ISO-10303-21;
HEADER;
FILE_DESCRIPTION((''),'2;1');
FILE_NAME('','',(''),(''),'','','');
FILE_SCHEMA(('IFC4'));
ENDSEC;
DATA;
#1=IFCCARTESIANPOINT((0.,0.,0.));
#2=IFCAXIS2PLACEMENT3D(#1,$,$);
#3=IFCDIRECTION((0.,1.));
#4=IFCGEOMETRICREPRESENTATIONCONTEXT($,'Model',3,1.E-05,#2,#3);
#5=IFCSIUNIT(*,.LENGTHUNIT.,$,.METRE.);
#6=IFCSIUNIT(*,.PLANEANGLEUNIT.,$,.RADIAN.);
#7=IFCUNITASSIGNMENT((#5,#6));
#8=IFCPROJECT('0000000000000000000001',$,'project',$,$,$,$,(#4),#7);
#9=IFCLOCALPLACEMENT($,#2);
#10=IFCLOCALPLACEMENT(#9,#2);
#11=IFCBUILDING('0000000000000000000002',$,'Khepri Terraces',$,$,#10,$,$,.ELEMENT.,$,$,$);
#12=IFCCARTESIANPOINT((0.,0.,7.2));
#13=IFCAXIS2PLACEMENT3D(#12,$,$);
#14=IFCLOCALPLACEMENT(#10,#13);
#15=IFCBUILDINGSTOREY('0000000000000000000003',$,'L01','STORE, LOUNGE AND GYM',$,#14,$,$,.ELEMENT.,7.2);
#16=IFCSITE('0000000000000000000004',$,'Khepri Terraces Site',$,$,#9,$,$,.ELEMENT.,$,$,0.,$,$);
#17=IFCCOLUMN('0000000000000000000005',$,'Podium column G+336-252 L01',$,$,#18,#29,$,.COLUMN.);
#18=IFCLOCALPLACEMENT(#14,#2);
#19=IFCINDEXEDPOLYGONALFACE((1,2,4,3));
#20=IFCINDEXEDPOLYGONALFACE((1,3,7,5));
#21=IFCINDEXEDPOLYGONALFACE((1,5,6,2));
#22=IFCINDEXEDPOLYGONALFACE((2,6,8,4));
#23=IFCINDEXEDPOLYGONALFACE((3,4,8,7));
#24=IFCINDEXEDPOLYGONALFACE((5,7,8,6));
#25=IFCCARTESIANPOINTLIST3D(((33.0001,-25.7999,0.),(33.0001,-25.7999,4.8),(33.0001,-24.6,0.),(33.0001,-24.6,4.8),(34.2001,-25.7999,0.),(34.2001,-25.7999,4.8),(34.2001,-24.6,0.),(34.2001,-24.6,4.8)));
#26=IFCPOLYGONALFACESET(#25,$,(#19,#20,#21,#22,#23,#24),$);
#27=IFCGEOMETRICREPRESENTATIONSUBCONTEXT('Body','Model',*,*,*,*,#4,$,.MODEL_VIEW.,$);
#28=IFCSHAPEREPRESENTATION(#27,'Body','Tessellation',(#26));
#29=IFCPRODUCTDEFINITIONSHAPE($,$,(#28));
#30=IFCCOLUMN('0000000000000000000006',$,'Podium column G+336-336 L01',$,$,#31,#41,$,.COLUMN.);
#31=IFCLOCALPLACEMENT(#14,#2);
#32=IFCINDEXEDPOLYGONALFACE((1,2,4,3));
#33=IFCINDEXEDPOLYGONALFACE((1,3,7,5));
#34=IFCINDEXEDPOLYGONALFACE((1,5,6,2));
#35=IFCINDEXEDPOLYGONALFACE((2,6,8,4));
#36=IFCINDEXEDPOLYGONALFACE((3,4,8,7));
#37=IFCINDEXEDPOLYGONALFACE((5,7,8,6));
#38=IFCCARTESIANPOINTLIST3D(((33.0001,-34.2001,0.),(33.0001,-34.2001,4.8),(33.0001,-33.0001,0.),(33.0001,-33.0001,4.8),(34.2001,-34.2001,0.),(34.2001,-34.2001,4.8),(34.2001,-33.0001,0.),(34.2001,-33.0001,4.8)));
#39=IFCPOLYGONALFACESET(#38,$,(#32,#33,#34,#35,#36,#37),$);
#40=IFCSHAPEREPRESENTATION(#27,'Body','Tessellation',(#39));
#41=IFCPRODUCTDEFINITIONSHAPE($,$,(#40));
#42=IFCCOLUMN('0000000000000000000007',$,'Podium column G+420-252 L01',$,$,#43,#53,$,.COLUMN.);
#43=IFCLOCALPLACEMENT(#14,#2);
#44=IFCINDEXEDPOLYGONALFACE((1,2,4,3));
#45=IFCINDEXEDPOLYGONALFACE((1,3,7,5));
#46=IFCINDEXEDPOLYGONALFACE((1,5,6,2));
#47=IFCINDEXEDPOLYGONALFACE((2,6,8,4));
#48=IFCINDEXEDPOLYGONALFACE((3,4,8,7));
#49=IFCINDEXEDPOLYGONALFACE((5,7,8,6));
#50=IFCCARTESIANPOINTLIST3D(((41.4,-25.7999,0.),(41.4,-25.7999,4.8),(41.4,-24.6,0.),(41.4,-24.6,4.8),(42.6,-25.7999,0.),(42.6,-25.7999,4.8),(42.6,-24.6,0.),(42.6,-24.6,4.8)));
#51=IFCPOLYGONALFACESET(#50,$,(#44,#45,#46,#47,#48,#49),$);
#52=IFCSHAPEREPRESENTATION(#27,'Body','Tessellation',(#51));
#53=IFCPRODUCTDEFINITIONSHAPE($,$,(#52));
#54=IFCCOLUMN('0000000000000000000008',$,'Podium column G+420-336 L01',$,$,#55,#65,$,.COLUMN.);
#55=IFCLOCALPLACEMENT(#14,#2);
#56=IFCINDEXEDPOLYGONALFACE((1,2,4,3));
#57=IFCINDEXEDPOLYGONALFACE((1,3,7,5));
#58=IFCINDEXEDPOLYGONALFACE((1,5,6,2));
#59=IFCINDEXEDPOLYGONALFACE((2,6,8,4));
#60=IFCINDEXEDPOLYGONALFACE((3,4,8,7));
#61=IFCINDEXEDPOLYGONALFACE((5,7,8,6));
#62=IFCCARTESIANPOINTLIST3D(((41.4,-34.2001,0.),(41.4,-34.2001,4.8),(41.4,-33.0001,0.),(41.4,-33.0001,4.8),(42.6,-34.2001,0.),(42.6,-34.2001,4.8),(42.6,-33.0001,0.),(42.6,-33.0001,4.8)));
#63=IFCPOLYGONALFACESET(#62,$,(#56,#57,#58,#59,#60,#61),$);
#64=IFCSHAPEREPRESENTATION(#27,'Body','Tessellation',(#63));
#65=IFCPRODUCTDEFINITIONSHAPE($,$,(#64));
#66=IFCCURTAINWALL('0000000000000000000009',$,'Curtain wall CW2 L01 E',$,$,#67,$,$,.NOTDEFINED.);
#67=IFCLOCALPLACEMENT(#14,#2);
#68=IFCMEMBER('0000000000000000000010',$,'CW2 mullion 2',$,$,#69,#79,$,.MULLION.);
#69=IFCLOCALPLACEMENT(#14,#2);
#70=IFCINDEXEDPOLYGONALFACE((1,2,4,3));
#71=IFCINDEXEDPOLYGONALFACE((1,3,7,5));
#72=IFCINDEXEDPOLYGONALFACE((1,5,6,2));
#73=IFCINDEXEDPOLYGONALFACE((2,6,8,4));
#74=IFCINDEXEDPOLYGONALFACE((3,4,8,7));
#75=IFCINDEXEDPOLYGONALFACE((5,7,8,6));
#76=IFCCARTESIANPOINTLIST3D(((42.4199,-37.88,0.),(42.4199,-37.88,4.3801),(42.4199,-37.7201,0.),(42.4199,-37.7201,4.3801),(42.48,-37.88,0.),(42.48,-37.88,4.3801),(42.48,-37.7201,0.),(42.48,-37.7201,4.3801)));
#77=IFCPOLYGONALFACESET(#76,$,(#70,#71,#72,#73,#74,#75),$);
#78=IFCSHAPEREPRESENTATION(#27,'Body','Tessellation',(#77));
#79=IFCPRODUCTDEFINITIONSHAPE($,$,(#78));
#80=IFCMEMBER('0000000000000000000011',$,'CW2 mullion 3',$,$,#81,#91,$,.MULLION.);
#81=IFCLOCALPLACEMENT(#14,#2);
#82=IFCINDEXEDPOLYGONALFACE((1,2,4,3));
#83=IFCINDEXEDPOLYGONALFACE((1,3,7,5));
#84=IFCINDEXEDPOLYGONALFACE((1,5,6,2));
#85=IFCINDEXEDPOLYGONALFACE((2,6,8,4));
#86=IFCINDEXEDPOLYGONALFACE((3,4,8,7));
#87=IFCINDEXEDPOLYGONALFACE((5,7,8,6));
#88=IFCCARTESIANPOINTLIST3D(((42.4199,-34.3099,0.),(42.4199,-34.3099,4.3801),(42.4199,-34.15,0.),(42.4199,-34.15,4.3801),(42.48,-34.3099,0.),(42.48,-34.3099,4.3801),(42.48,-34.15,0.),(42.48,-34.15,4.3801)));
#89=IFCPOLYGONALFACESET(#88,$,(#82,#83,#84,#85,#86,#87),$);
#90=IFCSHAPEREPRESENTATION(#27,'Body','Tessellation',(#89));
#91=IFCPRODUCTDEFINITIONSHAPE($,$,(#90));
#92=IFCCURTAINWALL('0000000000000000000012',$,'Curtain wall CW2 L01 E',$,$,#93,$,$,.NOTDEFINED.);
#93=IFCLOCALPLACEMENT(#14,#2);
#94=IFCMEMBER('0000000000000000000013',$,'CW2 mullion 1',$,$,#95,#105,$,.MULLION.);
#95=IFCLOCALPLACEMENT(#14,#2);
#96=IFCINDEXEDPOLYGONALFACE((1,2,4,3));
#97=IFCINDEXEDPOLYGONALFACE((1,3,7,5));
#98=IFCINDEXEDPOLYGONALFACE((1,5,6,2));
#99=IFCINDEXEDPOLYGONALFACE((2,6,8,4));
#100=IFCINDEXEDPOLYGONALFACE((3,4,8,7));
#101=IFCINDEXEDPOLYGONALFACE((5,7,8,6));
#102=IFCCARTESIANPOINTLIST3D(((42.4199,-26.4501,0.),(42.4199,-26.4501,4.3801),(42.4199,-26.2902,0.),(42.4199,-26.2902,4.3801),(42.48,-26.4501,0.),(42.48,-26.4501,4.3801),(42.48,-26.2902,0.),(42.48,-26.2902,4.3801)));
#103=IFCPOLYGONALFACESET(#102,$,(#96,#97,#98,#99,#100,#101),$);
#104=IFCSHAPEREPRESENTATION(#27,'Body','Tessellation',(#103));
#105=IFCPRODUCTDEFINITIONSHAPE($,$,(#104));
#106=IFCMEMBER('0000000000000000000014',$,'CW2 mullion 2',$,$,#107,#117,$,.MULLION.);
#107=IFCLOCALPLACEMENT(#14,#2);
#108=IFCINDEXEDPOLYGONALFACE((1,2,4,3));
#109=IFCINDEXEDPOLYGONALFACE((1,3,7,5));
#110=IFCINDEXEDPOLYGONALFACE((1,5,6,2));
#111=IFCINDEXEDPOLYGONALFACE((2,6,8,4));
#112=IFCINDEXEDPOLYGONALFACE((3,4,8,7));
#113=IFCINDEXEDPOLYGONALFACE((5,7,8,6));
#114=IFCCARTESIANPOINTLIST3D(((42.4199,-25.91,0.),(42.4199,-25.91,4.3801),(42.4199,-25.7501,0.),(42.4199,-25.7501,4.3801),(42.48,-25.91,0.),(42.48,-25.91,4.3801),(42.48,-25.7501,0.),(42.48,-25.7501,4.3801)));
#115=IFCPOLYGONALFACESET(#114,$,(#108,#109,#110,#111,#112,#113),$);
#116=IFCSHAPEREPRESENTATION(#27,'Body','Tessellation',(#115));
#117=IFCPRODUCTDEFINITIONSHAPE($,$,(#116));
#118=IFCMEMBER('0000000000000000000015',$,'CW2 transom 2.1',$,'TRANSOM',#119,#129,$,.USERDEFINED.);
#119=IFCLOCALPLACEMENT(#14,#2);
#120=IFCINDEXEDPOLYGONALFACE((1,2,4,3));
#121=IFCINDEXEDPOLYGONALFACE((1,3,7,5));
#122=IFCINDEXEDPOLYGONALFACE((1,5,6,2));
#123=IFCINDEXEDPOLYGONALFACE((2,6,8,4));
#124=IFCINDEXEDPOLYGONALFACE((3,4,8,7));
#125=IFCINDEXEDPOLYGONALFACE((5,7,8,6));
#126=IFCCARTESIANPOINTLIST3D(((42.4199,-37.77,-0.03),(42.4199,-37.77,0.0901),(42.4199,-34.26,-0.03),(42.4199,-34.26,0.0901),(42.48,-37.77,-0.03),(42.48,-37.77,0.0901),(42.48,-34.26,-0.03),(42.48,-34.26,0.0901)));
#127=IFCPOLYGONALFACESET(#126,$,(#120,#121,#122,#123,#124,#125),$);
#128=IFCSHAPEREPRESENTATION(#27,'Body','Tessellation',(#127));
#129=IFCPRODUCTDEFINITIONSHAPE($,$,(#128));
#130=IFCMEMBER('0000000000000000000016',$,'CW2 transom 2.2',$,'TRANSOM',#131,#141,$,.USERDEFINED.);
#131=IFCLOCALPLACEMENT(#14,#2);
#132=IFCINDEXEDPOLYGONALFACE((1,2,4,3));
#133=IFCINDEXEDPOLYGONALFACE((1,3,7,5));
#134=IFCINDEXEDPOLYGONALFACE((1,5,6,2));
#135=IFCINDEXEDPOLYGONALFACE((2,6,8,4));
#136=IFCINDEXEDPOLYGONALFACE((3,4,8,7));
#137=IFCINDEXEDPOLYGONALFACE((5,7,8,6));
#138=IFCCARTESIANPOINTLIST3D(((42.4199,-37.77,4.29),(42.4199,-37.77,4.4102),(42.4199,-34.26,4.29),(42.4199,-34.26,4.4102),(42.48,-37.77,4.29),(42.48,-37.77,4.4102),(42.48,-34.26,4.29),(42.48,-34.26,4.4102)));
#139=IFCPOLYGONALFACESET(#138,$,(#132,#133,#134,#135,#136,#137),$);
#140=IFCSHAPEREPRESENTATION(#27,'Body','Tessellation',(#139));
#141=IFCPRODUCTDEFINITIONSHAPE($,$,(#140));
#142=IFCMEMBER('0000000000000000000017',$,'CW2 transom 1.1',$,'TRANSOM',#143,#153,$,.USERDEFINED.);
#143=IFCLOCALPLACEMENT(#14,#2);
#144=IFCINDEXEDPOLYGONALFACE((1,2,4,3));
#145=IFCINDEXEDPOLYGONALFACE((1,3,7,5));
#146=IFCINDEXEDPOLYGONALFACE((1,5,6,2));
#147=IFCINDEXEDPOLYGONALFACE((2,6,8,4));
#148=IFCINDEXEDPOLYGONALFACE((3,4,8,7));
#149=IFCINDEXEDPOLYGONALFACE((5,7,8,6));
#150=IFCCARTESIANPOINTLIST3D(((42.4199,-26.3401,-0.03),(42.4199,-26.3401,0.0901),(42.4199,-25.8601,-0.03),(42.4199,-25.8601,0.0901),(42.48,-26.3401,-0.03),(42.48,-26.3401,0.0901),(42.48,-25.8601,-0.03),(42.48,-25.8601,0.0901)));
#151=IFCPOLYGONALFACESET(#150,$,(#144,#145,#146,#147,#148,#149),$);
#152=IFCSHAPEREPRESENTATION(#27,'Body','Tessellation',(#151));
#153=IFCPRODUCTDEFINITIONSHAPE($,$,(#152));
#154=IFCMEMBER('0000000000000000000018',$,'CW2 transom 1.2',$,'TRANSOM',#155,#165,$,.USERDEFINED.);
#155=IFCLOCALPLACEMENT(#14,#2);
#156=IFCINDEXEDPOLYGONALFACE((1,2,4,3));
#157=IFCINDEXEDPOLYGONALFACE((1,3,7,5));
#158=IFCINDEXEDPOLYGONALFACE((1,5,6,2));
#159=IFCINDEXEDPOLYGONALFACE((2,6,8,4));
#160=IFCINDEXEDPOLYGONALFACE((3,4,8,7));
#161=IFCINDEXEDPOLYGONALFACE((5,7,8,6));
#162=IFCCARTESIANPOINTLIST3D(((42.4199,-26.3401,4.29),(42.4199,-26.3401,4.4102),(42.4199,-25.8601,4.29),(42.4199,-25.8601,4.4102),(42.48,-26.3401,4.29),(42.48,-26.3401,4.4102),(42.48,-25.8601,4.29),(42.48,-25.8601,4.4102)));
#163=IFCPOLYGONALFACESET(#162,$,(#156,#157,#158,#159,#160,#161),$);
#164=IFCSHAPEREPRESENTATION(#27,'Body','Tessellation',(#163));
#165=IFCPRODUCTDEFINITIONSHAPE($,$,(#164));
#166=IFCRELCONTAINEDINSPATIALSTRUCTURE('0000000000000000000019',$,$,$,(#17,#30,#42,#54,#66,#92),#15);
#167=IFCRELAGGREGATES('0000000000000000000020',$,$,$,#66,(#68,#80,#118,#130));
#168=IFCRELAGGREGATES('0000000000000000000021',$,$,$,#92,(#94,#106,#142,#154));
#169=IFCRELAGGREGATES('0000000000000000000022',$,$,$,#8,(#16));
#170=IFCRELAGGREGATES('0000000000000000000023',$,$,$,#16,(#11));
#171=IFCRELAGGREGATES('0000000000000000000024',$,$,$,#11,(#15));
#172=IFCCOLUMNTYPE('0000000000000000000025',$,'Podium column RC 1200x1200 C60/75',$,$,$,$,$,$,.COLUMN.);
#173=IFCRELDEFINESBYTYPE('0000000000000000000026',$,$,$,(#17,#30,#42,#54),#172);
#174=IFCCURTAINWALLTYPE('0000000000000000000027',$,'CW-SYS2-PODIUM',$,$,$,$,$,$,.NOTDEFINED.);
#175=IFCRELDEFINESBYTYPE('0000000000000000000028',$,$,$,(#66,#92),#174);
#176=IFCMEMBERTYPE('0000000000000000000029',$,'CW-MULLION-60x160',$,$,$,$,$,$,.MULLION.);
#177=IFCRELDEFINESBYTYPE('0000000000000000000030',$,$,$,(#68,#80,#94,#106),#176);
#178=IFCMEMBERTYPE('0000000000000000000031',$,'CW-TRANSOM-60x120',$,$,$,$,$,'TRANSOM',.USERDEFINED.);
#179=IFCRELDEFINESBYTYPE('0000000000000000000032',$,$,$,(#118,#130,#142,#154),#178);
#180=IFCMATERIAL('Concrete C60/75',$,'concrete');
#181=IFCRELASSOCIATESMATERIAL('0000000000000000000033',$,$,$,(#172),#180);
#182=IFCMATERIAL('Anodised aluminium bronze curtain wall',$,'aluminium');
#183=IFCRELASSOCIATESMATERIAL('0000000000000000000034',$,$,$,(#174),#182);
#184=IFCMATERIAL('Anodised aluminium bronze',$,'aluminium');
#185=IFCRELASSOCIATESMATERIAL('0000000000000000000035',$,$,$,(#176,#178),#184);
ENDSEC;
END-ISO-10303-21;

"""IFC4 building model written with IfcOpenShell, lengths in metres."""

from ifc_helpers import new_model, si_unit, direction, frame, origin, origin_2d, place, context, subcontext, project, spatial, rectangle, extrude, material, material_profile, profile_set, type_object, element, aggregate, save


model = new_model("IFC4")

# Units and contexts
model_context = context("Model", 3, precision=1e-05, world=origin(), true_north=direction((0.0, 1.0)))
body_context = subcontext(model_context, "Body", "Model", "MODEL_VIEW")
ifc_project = project(units=[si_unit("LENGTHUNIT", "METRE"), si_unit("PLANEANGLEUNIT", "RADIAN")], contexts=[model_context])

# Site, building, storey
site_placement = place(None, origin())
site = spatial("IfcSite", under=ifc_project, at=site_placement, Name="Khepri Terraces Site", CompositionType="ELEMENT", RefElevation=0.0)
building_placement = place(site_placement, origin())
building = spatial("IfcBuilding", under=site, at=building_placement, Name="Khepri Terraces", CompositionType="ELEMENT")
storey_placement = place(building_placement, frame((0.0, 0.0, 7.2)))
storey = spatial("IfcBuildingStorey", under=building, at=storey_placement, Name="L01", Description="STORE, LOUNGE AND GYM", CompositionType="ELEMENT", Elevation=7.2)

# Columns
ifc_material_1 = material(Name="Concrete C60/75", Category="concrete")
ifc_material_profile_1 = material_profile(ifc_material_1, rectangle(XDim=1.2, YDim=1.2, at=origin_2d()), Name="Concrete C60/75", Category="concrete")
ifc_profile_set_1 = profile_set([ifc_material_profile_1], Name="Concrete C60/75")
column_type = type_object("IfcColumnType", Name="Podium column RC 1200x1200 C60/75", PredefinedType="COLUMN", material=ifc_profile_set_1)
for number, where, z_axis, x_axis, name in (
    (1, (33.6001, -25.2, 0.0), (0.0, 0.0, 1.0), (1.0, 0.0, 0.0), "Podium column G+336-252 L01"),
    (2, (33.6001, -33.6001, 0.0), (0.0, 0.0, 1.0), (1.0, 0.0, 0.0), "Podium column G+336-336 L01"),
    (3, (42.0, -25.2, 0.0), (0.0, 0.0, 1.0), (1.0, 0.0, 0.0), "Podium column G+420-252 L01"),
    (4, (42.0, -33.6001, 0.0), (0.0, 0.0, 1.0), (1.0, 0.0, 0.0), "Podium column G+420-336 L01"),
):
    element("IfcColumn", number, at=place(storey_placement, frame(where, z_axis=z_axis, x_axis=x_axis)), inside=storey, type_object=column_type, Name=name, PredefinedType="COLUMN", context=body_context, shape_type="SweptSolid", body=[
        extrude(rectangle(XDim=1.2, YDim=1.2, at=origin_2d()), origin(), (0.0, 0.0, 1.0), 4.8),
    ])

# Curtain walls, members
ifc_material_2 = material(Name="Anodised aluminium bronze curtain wall", Category="aluminium")
curtain_wall_type = type_object("IfcCurtainWallType", Name="CW-SYS2-PODIUM", PredefinedType="NOTDEFINED", material=ifc_material_2)
curtain_wall_1_placement = place(storey_placement, origin())
curtain_wall_1 = element("IfcCurtainWall", 5, at=curtain_wall_1_placement, inside=storey, type_object=curtain_wall_type, Name="Curtain wall CW2 L01 E", PredefinedType="NOTDEFINED")
ifc_material_3 = material(Name="Anodised aluminium bronze", Category="aluminium")
ifc_material_profile_2 = material_profile(ifc_material_3, rectangle(XDim=0.0601, YDim=0.1599, at=origin_2d()), Name="Anodised aluminium bronze", Category="aluminium")
ifc_profile_set_2 = profile_set([ifc_material_profile_2], Name="Anodised aluminium bronze")
member_type_1 = type_object("IfcMemberType", Name="CW-MULLION-60x160", PredefinedType="MULLION", material=ifc_profile_set_2)
member_1_placement = place(storey_placement, frame((42.45, -37.8, 0.0), z_axis=(0.0, 0.0, 1.0), x_axis=(-1.0, 0.0, 0.0)))
member_1 = element("IfcMember", 6, at=member_1_placement, type_object=member_type_1, Name="CW2 mullion 2", PredefinedType="MULLION", context=body_context, shape_type="SweptSolid", body=[
    extrude(rectangle(XDim=0.0601, YDim=0.1599, at=origin_2d()), origin(), (0.0, 0.0, 1.0), 4.3801),
])
member_2_placement = place(storey_placement, frame((42.45, -34.23, 0.0), z_axis=(0.0, 0.0, 1.0), x_axis=(-1.0, 0.0, 0.0)))
member_2 = element("IfcMember", 7, at=member_2_placement, type_object=member_type_1, Name="CW2 mullion 3", PredefinedType="MULLION", context=body_context, shape_type="SweptSolid", body=[
    extrude(rectangle(XDim=0.0601, YDim=0.1599, at=origin_2d()), origin(), (0.0, 0.0, 1.0), 4.3801),
])
curtain_wall_2_placement = place(storey_placement, origin())
curtain_wall_2 = element("IfcCurtainWall", 8, at=curtain_wall_2_placement, inside=storey, type_object=curtain_wall_type, Name="Curtain wall CW2 L01 E", PredefinedType="NOTDEFINED")
member_3_placement = place(storey_placement, frame((42.45, -26.3701, 0.0), z_axis=(0.0, 0.0, 1.0), x_axis=(-1.0, 0.0, 0.0)))
member_3 = element("IfcMember", 9, at=member_3_placement, type_object=member_type_1, Name="CW2 mullion 1", PredefinedType="MULLION", context=body_context, shape_type="SweptSolid", body=[
    extrude(rectangle(XDim=0.0601, YDim=0.1599, at=origin_2d()), origin(), (0.0, 0.0, 1.0), 4.3801),
])
member_4_placement = place(storey_placement, frame((42.45, -25.8301, 0.0), z_axis=(0.0, 0.0, 1.0), x_axis=(-1.0, 0.0, 0.0)))
member_4 = element("IfcMember", 10, at=member_4_placement, type_object=member_type_1, Name="CW2 mullion 2", PredefinedType="MULLION", context=body_context, shape_type="SweptSolid", body=[
    extrude(rectangle(XDim=0.0601, YDim=0.1599, at=origin_2d()), origin(), (0.0, 0.0, 1.0), 4.3801),
])

# Members
ifc_material_profile_3 = material_profile(ifc_material_3, rectangle(XDim=0.0601, YDim=0.1201, at=origin_2d()), Name="Anodised aluminium bronze", Category="aluminium")
ifc_profile_set_3 = profile_set([ifc_material_profile_3], Name="Anodised aluminium bronze")
member_type_2 = type_object("IfcMemberType", Name="CW-TRANSOM-60x120", ElementType="TRANSOM", PredefinedType="USERDEFINED", material=ifc_profile_set_3)
member_5_placement = place(storey_placement, frame((42.45, -37.77, 0.03), z_axis=(0.0, 1.0, 0.0), x_axis=(-1.0, 0.0, 0.0)))
member_5 = element("IfcMember", 11, at=member_5_placement, type_object=member_type_2, Name="CW2 transom 2.1", ObjectType="TRANSOM", PredefinedType="USERDEFINED", context=body_context, shape_type="SweptSolid", body=[
    extrude(rectangle(XDim=0.0601, YDim=0.1201, at=origin_2d()), origin(), (0.0, 0.0, 1.0), 3.51),
])
member_6_placement = place(storey_placement, frame((42.45, -37.77, 4.3501), z_axis=(0.0, 1.0, 0.0), x_axis=(-1.0, 0.0, 0.0)))
member_6 = element("IfcMember", 12, at=member_6_placement, type_object=member_type_2, Name="CW2 transom 2.2", ObjectType="TRANSOM", PredefinedType="USERDEFINED", context=body_context, shape_type="SweptSolid", body=[
    extrude(rectangle(XDim=0.0601, YDim=0.1201, at=origin_2d()), origin(), (0.0, 0.0, 1.0), 3.51),
])
member_7_placement = place(storey_placement, frame((42.45, -26.3401, 0.03), z_axis=(0.0, 1.0, 0.0), x_axis=(-1.0, 0.0, 0.0)))
member_7 = element("IfcMember", 13, at=member_7_placement, type_object=member_type_2, Name="CW2 transom 1.1", ObjectType="TRANSOM", PredefinedType="USERDEFINED", context=body_context, shape_type="SweptSolid", body=[
    extrude(rectangle(XDim=0.0601, YDim=0.1201, at=origin_2d()), origin(), (0.0, 0.0, 1.0), 0.48),
])
member_8_placement = place(storey_placement, frame((42.45, -26.3401, 4.3501), z_axis=(0.0, 1.0, 0.0), x_axis=(-1.0, 0.0, 0.0)))
member_8 = element("IfcMember", 14, at=member_8_placement, type_object=member_type_2, Name="CW2 transom 1.2", ObjectType="TRANSOM", PredefinedType="USERDEFINED", context=body_context, shape_type="SweptSolid", body=[
    extrude(rectangle(XDim=0.0601, YDim=0.1201, at=origin_2d()), origin(), (0.0, 0.0, 1.0), 0.48),
])

aggregate(curtain_wall_1, [member_1, member_2, member_5, member_6])
aggregate(curtain_wall_2, [member_3, member_4, member_7, member_8])

save(model, "model.ifc")
